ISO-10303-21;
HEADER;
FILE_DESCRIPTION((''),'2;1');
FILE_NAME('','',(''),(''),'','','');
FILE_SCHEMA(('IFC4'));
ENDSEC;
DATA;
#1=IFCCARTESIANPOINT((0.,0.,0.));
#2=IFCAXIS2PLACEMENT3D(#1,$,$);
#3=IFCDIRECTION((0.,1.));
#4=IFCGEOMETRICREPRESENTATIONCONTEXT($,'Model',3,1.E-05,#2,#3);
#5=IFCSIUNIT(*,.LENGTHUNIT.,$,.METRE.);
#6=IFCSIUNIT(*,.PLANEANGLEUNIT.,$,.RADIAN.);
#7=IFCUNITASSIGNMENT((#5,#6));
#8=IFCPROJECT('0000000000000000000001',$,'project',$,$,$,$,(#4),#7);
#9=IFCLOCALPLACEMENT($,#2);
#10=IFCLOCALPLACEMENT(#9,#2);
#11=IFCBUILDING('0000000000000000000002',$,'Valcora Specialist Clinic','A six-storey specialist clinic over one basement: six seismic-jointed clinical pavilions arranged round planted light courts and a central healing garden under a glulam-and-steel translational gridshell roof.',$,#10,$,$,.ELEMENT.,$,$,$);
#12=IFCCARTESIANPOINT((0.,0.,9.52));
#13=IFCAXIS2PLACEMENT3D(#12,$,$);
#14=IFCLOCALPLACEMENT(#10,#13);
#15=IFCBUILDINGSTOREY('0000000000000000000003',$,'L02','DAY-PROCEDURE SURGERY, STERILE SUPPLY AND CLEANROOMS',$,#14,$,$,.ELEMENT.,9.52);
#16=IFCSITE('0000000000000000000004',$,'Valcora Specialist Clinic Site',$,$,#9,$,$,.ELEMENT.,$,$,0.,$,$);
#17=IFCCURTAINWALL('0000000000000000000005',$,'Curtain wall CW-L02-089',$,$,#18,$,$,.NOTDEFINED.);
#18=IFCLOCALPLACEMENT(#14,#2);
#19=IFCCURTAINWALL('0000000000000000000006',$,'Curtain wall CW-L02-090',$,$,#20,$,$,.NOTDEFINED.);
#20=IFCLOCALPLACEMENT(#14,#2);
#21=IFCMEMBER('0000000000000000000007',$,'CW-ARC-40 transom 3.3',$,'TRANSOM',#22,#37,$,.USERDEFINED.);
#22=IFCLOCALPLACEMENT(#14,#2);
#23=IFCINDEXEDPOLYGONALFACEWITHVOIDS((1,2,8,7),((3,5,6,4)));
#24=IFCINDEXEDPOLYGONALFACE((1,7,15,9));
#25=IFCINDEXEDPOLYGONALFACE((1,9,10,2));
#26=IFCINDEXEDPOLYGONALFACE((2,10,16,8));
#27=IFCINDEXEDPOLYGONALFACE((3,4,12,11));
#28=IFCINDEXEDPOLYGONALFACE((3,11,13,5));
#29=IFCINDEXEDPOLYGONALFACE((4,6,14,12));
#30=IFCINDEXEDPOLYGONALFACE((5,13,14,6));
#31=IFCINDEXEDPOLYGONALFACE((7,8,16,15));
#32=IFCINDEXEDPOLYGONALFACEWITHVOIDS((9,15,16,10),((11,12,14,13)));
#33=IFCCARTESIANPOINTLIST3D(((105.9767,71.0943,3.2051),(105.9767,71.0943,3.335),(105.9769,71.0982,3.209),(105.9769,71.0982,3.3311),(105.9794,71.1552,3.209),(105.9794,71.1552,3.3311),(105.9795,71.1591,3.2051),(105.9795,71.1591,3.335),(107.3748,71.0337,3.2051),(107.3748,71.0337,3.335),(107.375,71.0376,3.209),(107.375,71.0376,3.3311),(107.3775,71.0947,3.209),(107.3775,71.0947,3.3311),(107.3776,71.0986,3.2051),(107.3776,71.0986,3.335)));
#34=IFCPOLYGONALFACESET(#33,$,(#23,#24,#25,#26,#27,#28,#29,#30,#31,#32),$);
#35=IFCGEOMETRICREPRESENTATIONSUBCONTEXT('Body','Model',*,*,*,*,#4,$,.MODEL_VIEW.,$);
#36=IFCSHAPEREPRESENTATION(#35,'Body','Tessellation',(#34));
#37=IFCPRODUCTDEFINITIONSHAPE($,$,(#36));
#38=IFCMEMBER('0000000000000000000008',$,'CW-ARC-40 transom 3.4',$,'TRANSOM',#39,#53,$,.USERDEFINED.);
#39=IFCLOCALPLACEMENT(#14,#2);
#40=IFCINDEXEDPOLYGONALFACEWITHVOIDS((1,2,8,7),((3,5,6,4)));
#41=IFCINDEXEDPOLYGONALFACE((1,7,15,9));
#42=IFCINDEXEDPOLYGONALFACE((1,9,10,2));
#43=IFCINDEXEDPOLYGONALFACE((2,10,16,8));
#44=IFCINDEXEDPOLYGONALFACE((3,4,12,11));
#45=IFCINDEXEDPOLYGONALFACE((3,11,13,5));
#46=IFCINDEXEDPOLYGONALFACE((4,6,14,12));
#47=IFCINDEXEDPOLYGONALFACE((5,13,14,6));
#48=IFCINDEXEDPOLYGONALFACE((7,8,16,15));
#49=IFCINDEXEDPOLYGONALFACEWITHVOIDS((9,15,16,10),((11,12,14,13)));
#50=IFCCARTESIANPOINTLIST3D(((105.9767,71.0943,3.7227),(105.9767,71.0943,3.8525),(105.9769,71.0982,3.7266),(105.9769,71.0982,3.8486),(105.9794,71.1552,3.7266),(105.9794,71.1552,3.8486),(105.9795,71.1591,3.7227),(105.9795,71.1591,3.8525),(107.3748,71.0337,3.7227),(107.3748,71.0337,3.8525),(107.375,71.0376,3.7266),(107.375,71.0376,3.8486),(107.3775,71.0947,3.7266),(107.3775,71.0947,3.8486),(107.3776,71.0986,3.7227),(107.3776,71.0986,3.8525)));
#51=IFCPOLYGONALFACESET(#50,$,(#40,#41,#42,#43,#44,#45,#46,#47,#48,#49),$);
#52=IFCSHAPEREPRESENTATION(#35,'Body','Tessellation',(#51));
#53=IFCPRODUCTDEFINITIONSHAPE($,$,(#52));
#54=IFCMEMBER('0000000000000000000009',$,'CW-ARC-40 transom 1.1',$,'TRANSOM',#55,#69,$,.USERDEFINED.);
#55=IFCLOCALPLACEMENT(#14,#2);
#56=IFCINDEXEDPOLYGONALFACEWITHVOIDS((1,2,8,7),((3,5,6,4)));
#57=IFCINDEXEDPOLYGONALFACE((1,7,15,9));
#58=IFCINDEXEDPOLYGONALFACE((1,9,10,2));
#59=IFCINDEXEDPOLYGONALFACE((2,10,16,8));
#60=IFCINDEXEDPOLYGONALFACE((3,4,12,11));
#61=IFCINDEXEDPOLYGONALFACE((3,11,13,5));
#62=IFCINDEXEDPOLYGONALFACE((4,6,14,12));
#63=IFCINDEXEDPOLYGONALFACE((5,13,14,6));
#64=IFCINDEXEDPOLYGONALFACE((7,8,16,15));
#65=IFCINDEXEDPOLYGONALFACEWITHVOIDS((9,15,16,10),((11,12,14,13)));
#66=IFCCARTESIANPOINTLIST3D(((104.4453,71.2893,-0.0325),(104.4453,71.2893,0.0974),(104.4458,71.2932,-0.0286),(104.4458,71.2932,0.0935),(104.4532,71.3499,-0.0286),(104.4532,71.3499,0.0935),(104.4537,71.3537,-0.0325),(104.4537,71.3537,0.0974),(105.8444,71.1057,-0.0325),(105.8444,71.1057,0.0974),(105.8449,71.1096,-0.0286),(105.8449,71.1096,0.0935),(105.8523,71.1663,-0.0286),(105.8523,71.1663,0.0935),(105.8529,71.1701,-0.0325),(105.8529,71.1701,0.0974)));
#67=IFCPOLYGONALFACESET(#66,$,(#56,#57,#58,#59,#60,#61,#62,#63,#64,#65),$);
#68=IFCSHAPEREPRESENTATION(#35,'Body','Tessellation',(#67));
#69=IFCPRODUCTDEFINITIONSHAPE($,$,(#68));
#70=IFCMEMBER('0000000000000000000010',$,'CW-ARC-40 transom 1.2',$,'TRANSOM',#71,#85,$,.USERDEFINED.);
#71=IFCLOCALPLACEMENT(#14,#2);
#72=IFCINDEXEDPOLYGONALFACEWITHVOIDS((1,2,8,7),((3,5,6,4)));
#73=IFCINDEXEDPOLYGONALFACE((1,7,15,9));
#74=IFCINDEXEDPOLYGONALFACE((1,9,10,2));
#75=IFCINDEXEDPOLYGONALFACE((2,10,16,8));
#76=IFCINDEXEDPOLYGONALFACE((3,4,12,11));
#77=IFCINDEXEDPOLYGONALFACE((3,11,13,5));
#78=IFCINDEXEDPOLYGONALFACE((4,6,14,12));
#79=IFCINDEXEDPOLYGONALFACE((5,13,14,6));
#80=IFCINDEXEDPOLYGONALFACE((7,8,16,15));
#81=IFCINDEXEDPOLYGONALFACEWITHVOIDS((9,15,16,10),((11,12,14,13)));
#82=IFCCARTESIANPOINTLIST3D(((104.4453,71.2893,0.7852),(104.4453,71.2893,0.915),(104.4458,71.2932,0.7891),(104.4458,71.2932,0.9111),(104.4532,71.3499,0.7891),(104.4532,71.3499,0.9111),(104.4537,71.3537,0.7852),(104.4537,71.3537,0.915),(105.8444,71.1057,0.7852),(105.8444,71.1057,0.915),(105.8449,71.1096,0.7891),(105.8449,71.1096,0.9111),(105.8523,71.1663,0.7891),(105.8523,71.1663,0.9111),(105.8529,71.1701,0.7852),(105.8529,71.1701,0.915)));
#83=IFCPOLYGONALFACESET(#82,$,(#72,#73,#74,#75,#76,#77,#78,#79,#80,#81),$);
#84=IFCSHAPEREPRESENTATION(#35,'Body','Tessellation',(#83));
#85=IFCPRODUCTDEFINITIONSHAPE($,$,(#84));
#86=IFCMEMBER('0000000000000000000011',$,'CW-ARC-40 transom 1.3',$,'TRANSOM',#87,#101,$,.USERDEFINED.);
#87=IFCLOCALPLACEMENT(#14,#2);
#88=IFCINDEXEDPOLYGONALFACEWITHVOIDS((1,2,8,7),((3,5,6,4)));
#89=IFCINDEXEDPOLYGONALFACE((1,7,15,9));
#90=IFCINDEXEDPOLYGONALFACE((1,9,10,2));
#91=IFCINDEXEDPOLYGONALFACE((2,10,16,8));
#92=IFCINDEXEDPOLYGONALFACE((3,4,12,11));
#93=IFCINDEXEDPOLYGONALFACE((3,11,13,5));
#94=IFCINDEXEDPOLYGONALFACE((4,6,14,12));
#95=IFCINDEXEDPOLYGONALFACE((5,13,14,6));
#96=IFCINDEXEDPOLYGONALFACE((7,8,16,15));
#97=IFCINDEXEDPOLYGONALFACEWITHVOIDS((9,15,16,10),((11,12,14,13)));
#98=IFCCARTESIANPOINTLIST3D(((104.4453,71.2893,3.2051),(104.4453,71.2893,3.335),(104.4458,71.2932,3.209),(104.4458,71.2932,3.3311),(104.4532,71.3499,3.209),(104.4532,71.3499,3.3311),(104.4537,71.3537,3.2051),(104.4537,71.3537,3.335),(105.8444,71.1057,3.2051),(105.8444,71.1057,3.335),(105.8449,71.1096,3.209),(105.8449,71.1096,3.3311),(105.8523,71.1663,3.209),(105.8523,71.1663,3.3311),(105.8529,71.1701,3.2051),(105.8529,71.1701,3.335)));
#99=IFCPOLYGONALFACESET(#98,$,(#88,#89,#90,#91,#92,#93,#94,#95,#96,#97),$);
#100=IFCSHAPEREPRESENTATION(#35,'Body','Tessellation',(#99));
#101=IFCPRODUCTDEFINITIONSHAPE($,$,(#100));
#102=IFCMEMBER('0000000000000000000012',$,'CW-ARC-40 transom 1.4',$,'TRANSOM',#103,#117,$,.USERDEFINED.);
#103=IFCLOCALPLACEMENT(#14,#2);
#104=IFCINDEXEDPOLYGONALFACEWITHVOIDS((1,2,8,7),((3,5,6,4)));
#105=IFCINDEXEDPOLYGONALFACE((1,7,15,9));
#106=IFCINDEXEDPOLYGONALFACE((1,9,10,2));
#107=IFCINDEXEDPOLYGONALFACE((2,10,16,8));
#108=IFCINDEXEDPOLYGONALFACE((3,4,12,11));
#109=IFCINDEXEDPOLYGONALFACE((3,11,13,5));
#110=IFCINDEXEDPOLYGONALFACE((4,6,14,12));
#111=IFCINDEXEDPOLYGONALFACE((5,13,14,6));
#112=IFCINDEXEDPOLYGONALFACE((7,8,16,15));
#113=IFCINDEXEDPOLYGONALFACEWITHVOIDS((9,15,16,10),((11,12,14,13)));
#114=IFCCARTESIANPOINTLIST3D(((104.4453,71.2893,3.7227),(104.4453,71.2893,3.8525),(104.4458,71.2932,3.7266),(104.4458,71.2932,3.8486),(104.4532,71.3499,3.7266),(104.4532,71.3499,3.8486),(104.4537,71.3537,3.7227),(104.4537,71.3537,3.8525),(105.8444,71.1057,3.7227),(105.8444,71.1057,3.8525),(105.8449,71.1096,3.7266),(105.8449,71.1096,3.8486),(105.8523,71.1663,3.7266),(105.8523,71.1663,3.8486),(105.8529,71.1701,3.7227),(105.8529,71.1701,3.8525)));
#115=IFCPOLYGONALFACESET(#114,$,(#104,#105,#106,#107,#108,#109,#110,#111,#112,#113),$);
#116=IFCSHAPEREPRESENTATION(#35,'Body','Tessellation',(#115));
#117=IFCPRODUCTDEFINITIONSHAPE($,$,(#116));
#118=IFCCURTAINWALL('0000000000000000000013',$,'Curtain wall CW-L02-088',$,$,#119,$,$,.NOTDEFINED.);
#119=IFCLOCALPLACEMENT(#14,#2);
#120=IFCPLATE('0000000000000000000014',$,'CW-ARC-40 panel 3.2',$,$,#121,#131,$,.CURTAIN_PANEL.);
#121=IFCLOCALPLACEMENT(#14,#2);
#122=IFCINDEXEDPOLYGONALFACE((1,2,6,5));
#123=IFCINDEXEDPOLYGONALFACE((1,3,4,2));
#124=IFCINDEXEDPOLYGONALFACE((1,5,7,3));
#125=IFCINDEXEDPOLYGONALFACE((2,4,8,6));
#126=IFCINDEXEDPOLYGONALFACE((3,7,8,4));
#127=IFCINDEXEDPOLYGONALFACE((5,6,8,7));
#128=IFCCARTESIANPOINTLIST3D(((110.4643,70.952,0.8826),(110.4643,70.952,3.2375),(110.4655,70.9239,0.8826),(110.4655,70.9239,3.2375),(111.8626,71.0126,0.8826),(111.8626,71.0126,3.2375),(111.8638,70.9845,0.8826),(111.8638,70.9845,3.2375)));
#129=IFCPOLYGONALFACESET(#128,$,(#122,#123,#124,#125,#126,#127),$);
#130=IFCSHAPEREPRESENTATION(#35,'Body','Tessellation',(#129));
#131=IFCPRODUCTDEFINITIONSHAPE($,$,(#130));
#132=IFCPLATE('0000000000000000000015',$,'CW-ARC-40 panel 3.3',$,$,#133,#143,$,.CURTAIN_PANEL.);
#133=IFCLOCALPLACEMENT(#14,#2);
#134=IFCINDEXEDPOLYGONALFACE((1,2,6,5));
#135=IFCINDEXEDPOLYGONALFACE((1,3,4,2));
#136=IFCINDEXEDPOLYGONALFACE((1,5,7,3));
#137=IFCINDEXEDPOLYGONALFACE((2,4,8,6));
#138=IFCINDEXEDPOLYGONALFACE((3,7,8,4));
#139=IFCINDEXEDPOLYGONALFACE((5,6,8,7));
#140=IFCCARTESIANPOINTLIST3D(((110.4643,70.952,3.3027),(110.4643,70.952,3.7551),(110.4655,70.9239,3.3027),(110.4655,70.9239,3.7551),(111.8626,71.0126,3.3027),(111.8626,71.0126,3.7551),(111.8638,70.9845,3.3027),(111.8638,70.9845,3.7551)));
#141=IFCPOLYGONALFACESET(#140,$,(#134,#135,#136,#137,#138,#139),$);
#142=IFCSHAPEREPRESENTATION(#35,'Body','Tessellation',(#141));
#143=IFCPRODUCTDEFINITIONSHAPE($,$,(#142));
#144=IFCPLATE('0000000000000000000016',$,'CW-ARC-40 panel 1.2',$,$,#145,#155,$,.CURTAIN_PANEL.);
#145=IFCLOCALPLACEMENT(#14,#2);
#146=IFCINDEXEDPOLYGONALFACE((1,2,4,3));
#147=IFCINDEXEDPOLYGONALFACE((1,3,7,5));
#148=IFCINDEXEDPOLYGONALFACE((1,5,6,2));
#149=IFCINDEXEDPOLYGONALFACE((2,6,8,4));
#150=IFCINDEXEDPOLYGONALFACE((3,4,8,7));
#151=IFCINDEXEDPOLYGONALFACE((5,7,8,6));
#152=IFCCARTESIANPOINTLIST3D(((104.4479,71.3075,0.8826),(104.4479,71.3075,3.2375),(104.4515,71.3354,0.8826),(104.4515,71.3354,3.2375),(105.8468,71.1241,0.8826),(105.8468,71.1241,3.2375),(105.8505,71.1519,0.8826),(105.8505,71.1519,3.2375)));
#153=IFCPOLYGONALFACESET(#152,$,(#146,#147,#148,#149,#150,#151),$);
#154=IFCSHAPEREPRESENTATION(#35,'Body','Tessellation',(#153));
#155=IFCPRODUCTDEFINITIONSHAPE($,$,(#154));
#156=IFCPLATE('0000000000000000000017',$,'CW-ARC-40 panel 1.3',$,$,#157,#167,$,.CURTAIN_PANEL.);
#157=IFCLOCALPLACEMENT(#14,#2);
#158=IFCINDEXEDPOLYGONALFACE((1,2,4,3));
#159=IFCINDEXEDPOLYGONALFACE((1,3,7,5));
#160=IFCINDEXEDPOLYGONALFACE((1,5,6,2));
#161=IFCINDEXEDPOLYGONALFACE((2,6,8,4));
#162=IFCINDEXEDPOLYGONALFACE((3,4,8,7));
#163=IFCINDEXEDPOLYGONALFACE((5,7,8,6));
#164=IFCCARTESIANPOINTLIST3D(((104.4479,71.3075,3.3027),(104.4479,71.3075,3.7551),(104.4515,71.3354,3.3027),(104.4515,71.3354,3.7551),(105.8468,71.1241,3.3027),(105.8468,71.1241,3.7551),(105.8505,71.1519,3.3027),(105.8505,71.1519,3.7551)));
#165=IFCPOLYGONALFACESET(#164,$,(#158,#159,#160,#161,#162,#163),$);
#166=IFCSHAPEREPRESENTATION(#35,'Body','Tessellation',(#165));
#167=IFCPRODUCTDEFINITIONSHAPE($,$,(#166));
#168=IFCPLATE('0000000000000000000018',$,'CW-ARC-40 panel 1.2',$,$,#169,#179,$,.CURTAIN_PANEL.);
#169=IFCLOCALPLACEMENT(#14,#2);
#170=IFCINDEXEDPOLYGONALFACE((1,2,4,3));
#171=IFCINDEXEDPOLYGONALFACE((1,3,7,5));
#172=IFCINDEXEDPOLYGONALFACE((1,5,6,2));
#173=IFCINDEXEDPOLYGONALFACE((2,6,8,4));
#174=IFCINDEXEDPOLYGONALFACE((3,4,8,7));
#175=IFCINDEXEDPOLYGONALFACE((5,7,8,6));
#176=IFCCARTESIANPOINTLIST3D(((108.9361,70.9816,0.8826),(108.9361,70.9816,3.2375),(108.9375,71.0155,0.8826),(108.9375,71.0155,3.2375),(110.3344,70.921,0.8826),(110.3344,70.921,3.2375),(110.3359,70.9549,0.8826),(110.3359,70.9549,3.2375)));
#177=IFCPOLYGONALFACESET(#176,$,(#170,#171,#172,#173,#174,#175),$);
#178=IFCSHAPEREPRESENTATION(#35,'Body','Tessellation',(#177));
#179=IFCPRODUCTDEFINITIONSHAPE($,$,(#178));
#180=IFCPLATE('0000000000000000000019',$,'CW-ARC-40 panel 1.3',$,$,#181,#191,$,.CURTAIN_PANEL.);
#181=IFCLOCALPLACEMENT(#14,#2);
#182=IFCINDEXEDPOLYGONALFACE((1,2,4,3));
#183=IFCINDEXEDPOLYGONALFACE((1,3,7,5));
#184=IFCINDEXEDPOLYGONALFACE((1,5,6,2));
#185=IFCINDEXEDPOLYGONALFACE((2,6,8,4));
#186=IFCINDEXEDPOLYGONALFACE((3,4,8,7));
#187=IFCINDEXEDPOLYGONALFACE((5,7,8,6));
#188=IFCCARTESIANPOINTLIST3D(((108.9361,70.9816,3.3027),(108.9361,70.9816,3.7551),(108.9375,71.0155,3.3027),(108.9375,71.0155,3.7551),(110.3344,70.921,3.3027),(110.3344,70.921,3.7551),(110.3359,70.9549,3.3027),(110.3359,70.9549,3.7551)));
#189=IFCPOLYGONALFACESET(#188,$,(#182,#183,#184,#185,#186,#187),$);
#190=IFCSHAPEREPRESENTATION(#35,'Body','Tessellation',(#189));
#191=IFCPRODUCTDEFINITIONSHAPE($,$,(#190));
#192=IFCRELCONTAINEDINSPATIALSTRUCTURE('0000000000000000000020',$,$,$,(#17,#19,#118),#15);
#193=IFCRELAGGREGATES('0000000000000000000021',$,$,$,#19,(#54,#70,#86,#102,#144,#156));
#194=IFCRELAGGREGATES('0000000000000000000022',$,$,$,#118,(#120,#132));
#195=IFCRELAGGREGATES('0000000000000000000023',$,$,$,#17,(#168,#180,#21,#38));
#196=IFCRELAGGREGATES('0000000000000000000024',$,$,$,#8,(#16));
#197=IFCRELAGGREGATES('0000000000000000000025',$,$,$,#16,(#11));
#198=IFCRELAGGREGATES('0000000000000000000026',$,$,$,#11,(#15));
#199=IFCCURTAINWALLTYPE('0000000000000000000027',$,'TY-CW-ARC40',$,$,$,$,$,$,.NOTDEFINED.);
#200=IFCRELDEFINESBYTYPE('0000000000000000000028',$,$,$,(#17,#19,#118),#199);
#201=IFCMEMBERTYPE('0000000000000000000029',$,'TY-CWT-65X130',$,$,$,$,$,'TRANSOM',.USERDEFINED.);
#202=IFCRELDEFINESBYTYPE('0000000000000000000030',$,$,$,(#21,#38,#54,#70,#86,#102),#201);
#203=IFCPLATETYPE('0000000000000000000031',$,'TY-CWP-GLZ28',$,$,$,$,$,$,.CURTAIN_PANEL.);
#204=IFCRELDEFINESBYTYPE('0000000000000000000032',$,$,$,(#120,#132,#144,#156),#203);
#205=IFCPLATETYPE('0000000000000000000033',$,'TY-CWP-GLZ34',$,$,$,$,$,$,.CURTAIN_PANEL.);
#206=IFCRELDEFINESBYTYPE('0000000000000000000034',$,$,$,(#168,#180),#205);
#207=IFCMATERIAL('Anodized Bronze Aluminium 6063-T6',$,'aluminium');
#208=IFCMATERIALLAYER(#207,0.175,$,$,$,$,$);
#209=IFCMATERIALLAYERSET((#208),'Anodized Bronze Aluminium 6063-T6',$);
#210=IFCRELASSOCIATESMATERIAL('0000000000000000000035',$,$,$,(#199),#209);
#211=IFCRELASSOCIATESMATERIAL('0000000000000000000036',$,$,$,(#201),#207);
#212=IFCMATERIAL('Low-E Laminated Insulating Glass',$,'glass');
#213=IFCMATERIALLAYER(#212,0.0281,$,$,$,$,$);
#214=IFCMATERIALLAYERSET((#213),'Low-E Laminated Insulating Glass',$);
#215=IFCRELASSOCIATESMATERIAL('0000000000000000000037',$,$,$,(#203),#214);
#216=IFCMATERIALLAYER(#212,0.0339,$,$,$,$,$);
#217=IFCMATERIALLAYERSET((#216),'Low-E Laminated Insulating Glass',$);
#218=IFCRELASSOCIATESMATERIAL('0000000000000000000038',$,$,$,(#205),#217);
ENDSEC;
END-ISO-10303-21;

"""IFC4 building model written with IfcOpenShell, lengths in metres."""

from ifc_helpers import new_model, si_unit, direction, frame, origin, origin_2d, place, context, subcontext, project, spatial, rectangle, hollow_rectangle, extrude, material, layer, layer_set, material_profile, profile_set, type_object, element, aggregate, save


model = new_model("IFC4")

# Units and contexts
model_context = context("Model", 3, precision=1e-05, world=origin(), true_north=direction((0.0, 1.0)))
body_context = subcontext(model_context, "Body", "Model", "MODEL_VIEW")
ifc_project = project(units=[si_unit("LENGTHUNIT", "METRE"), si_unit("PLANEANGLEUNIT", "RADIAN")], contexts=[model_context])

# Site, building, storey
site_placement = place(None, origin())
site = spatial("IfcSite", under=ifc_project, at=site_placement, Name="Valcora Specialist Clinic Site", CompositionType="ELEMENT", RefElevation=0.0)
building_placement = place(site_placement, origin())
building = spatial("IfcBuilding", under=site, at=building_placement, Name="Valcora Specialist Clinic", Description="A six-storey specialist clinic over one basement: six seismic-jointed clinical pavilions arranged round planted light courts and a central healing garden under a glulam-and-steel translational gridshell roof.", CompositionType="ELEMENT")
storey_placement = place(building_placement, frame((0.0, 0.0, 9.52)))
storey = spatial("IfcBuildingStorey", under=building, at=storey_placement, Name="L02", Description="DAY-PROCEDURE SURGERY, STERILE SUPPLY AND CLEANROOMS", CompositionType="ELEMENT", Elevation=9.52)

# Curtain wall
ifc_material_1 = material(Name="Anodized Bronze Aluminium 6063-T6", Category="aluminium")
ifc_layer_1 = layer(ifc_material_1, 0.175)
ifc_layer_set_1 = layer_set([ifc_layer_1], Name="Anodized Bronze Aluminium 6063-T6")
curtain_wall_type = type_object("IfcCurtainWallType", Name="TY-CW-ARC40", PredefinedType="NOTDEFINED", material=ifc_layer_set_1)
curtain_wall_1_placement = place(storey_placement, origin())
curtain_wall_1 = element("IfcCurtainWall", 1, at=curtain_wall_1_placement, inside=storey, type_object=curtain_wall_type, Name="Curtain wall CW-L02-089", PredefinedType="NOTDEFINED")

# Curtain wall
curtain_wall_2_placement = place(storey_placement, origin())
curtain_wall_2 = element("IfcCurtainWall", 2, at=curtain_wall_2_placement, inside=storey, type_object=curtain_wall_type, Name="Curtain wall CW-L02-090", PredefinedType="NOTDEFINED")

# Members
ifc_material_profile_1 = material_profile(ifc_material_1, hollow_rectangle(XDim=0.0649, YDim=0.1299, WallThickness=0.0039, at=origin_2d()), Name="AL-TRN-65X130")
ifc_profile_set_1 = profile_set([ifc_material_profile_1], Name="Anodized Bronze Aluminium 6063-T6")
member_type_1 = type_object("IfcMemberType", Name="TY-CWT-65X130", ElementType="TRANSOM", PredefinedType="USERDEFINED", material=ifc_profile_set_1)
member_1_placement = place(storey_placement, frame((107.3762, 71.0662, 3.27), z_axis=(-0.999064, 0.043263, 0.0), x_axis=(-0.043263, -0.999064, 0.0)))
member_1 = element("IfcMember", 3, at=member_1_placement, type_object=member_type_1, Name="CW-ARC-40 transom 3.3", ObjectType="TRANSOM", PredefinedType="USERDEFINED", context=body_context, shape_type="SweptSolid", body=[
    extrude(hollow_rectangle(XDim=0.0649, YDim=0.1299, WallThickness=0.0039, at=origin_2d()), origin(), (0.0, 0.0, 1.0), 1.3994),
])
member_2_placement = place(storey_placement, frame((107.3762, 71.0662, 3.7876), z_axis=(-0.999064, 0.043263, 0.0), x_axis=(-0.043263, -0.999064, 0.0)))
member_2 = element("IfcMember", 4, at=member_2_placement, type_object=member_type_1, Name="CW-ARC-40 transom 3.4", ObjectType="TRANSOM", PredefinedType="USERDEFINED", context=body_context, shape_type="SweptSolid", body=[
    extrude(hollow_rectangle(XDim=0.0649, YDim=0.1299, WallThickness=0.0039, at=origin_2d()), origin(), (0.0, 0.0, 1.0), 1.3994),
])
member_3_placement = place(storey_placement, frame((105.8486, 71.1379, 0.0325), z_axis=(-0.991501, 0.130101, 0.0), x_axis=(-0.130101, -0.991501, 0.0)))
member_3 = element("IfcMember", 5, at=member_3_placement, type_object=member_type_1, Name="CW-ARC-40 transom 1.1", ObjectType="TRANSOM", PredefinedType="USERDEFINED", context=body_context, shape_type="SweptSolid", body=[
    extrude(hollow_rectangle(XDim=0.0649, YDim=0.1299, WallThickness=0.0039, at=origin_2d()), origin(), (0.0, 0.0, 1.0), 1.4111),
])
member_4_placement = place(storey_placement, frame((105.8486, 71.1379, 0.8501), z_axis=(-0.991501, 0.130101, 0.0), x_axis=(-0.130101, -0.991501, 0.0)))
member_4 = element("IfcMember", 6, at=member_4_placement, type_object=member_type_1, Name="CW-ARC-40 transom 1.2", ObjectType="TRANSOM", PredefinedType="USERDEFINED", context=body_context, shape_type="SweptSolid", body=[
    extrude(hollow_rectangle(XDim=0.0649, YDim=0.1299, WallThickness=0.0039, at=origin_2d()), origin(), (0.0, 0.0, 1.0), 1.4111),
])
member_5_placement = place(storey_placement, frame((105.8486, 71.1379, 3.27), z_axis=(-0.991501, 0.130101, 0.0), x_axis=(-0.130101, -0.991501, 0.0)))
member_5 = element("IfcMember", 7, at=member_5_placement, type_object=member_type_1, Name="CW-ARC-40 transom 1.3", ObjectType="TRANSOM", PredefinedType="USERDEFINED", context=body_context, shape_type="SweptSolid", body=[
    extrude(hollow_rectangle(XDim=0.0649, YDim=0.1299, WallThickness=0.0039, at=origin_2d()), origin(), (0.0, 0.0, 1.0), 1.4111),
])
member_6_placement = place(storey_placement, frame((105.8486, 71.1379, 3.7876), z_axis=(-0.991501, 0.130101, 0.0), x_axis=(-0.130101, -0.991501, 0.0)))
member_6 = element("IfcMember", 8, at=member_6_placement, type_object=member_type_1, Name="CW-ARC-40 transom 1.4", ObjectType="TRANSOM", PredefinedType="USERDEFINED", context=body_context, shape_type="SweptSolid", body=[
    extrude(hollow_rectangle(XDim=0.0649, YDim=0.1299, WallThickness=0.0039, at=origin_2d()), origin(), (0.0, 0.0, 1.0), 1.4111),
])

# Curtain wall, plates
curtain_wall_3_placement = place(storey_placement, origin())
curtain_wall_3 = element("IfcCurtainWall", 9, at=curtain_wall_3_placement, inside=storey, type_object=curtain_wall_type, Name="Curtain wall CW-L02-088", PredefinedType="NOTDEFINED")
ifc_material_2 = material(Name="Low-E Laminated Insulating Glass", Category="glass")
ifc_layer_2 = layer(ifc_material_2, 0.0281)
ifc_layer_set_2 = layer_set([ifc_layer_2], Name="Low-E Laminated Insulating Glass")
plate_type_1 = type_object("IfcPlateType", Name="TY-CWP-GLZ28", PredefinedType="CURTAIN_PANEL", material=ifc_layer_set_2)
plate_1_placement = place(storey_placement, frame((111.1641, 70.9683, 0.8826), z_axis=(0.0, 0.0, 1.0), x_axis=(-0.999062, -0.043307, 0.0)))
plate_1 = element("IfcPlate", 10, at=plate_1_placement, type_object=plate_type_1, Name="CW-ARC-40 panel 3.2", PredefinedType="CURTAIN_PANEL", context=body_context, shape_type="SweptSolid", body=[
    extrude(rectangle(XDim=1.3997, YDim=0.0281, at=origin_2d()), origin(), (0.0, 0.0, 1.0), 2.355),
])
plate_2_placement = place(storey_placement, frame((111.1641, 70.9683, 3.3027), z_axis=(0.0, 0.0, 1.0), x_axis=(-0.999062, -0.043307, 0.0)))
plate_2 = element("IfcPlate", 11, at=plate_2_placement, type_object=plate_type_1, Name="CW-ARC-40 panel 3.3", PredefinedType="CURTAIN_PANEL", context=body_context, shape_type="SweptSolid", body=[
    extrude(rectangle(XDim=1.3997, YDim=0.0281, at=origin_2d()), origin(), (0.0, 0.0, 1.0), 0.4524),
])

# Plates
plate_3_placement = place(storey_placement, frame((105.1492, 71.2297, 0.8826), z_axis=(0.0, 0.0, 1.0), x_axis=(-0.991514, 0.129999, 0.0)))
plate_3 = element("IfcPlate", 12, at=plate_3_placement, type_object=plate_type_1, Name="CW-ARC-40 panel 1.2", PredefinedType="CURTAIN_PANEL", context=body_context, shape_type="SweptSolid", body=[
    extrude(rectangle(XDim=1.4109, YDim=0.0281, at=origin_2d()), origin(), (0.0, 0.0, 1.0), 2.355),
])
plate_4_placement = place(storey_placement, frame((105.1492, 71.2297, 3.3027), z_axis=(0.0, 0.0, 1.0), x_axis=(-0.991514, 0.129999, 0.0)))
plate_4 = element("IfcPlate", 13, at=plate_4_placement, type_object=plate_type_1, Name="CW-ARC-40 panel 1.3", PredefinedType="CURTAIN_PANEL", context=body_context, shape_type="SweptSolid", body=[
    extrude(rectangle(XDim=1.4109, YDim=0.0281, at=origin_2d()), origin(), (0.0, 0.0, 1.0), 0.4524),
])
aggregate(curtain_wall_2, [member_3, member_4, member_5, member_6, plate_3, plate_4])
ifc_layer_3 = layer(ifc_material_2, 0.0339)
ifc_layer_set_3 = layer_set([ifc_layer_3], Name="Low-E Laminated Insulating Glass")
plate_type_2 = type_object("IfcPlateType", Name="TY-CWP-GLZ34", PredefinedType="CURTAIN_PANEL", material=ifc_layer_set_3)
plate_5_placement = place(storey_placement, frame((109.636, 70.9683, 0.8826), z_axis=(0.0, 0.0, 1.0), x_axis=(-0.999062, 0.043307, 0.0)))
plate_5 = element("IfcPlate", 14, at=plate_5_placement, type_object=plate_type_2, Name="CW-ARC-40 panel 1.2", PredefinedType="CURTAIN_PANEL", context=body_context, shape_type="SweptSolid", body=[
    extrude(rectangle(XDim=1.3997, YDim=0.0339, at=origin_2d()), origin(), (0.0, 0.0, 1.0), 2.355),
])
plate_6_placement = place(storey_placement, frame((109.636, 70.9683, 3.3027), z_axis=(0.0, 0.0, 1.0), x_axis=(-0.999062, 0.043307, 0.0)))
plate_6 = element("IfcPlate", 15, at=plate_6_placement, type_object=plate_type_2, Name="CW-ARC-40 panel 1.3", PredefinedType="CURTAIN_PANEL", context=body_context, shape_type="SweptSolid", body=[
    extrude(rectangle(XDim=1.3997, YDim=0.0339, at=origin_2d()), origin(), (0.0, 0.0, 1.0), 0.4524),
])
aggregate(curtain_wall_3, [plate_1, plate_2])
aggregate(curtain_wall_1, [plate_5, plate_6, member_1, member_2])

save(model, "model.ifc")
